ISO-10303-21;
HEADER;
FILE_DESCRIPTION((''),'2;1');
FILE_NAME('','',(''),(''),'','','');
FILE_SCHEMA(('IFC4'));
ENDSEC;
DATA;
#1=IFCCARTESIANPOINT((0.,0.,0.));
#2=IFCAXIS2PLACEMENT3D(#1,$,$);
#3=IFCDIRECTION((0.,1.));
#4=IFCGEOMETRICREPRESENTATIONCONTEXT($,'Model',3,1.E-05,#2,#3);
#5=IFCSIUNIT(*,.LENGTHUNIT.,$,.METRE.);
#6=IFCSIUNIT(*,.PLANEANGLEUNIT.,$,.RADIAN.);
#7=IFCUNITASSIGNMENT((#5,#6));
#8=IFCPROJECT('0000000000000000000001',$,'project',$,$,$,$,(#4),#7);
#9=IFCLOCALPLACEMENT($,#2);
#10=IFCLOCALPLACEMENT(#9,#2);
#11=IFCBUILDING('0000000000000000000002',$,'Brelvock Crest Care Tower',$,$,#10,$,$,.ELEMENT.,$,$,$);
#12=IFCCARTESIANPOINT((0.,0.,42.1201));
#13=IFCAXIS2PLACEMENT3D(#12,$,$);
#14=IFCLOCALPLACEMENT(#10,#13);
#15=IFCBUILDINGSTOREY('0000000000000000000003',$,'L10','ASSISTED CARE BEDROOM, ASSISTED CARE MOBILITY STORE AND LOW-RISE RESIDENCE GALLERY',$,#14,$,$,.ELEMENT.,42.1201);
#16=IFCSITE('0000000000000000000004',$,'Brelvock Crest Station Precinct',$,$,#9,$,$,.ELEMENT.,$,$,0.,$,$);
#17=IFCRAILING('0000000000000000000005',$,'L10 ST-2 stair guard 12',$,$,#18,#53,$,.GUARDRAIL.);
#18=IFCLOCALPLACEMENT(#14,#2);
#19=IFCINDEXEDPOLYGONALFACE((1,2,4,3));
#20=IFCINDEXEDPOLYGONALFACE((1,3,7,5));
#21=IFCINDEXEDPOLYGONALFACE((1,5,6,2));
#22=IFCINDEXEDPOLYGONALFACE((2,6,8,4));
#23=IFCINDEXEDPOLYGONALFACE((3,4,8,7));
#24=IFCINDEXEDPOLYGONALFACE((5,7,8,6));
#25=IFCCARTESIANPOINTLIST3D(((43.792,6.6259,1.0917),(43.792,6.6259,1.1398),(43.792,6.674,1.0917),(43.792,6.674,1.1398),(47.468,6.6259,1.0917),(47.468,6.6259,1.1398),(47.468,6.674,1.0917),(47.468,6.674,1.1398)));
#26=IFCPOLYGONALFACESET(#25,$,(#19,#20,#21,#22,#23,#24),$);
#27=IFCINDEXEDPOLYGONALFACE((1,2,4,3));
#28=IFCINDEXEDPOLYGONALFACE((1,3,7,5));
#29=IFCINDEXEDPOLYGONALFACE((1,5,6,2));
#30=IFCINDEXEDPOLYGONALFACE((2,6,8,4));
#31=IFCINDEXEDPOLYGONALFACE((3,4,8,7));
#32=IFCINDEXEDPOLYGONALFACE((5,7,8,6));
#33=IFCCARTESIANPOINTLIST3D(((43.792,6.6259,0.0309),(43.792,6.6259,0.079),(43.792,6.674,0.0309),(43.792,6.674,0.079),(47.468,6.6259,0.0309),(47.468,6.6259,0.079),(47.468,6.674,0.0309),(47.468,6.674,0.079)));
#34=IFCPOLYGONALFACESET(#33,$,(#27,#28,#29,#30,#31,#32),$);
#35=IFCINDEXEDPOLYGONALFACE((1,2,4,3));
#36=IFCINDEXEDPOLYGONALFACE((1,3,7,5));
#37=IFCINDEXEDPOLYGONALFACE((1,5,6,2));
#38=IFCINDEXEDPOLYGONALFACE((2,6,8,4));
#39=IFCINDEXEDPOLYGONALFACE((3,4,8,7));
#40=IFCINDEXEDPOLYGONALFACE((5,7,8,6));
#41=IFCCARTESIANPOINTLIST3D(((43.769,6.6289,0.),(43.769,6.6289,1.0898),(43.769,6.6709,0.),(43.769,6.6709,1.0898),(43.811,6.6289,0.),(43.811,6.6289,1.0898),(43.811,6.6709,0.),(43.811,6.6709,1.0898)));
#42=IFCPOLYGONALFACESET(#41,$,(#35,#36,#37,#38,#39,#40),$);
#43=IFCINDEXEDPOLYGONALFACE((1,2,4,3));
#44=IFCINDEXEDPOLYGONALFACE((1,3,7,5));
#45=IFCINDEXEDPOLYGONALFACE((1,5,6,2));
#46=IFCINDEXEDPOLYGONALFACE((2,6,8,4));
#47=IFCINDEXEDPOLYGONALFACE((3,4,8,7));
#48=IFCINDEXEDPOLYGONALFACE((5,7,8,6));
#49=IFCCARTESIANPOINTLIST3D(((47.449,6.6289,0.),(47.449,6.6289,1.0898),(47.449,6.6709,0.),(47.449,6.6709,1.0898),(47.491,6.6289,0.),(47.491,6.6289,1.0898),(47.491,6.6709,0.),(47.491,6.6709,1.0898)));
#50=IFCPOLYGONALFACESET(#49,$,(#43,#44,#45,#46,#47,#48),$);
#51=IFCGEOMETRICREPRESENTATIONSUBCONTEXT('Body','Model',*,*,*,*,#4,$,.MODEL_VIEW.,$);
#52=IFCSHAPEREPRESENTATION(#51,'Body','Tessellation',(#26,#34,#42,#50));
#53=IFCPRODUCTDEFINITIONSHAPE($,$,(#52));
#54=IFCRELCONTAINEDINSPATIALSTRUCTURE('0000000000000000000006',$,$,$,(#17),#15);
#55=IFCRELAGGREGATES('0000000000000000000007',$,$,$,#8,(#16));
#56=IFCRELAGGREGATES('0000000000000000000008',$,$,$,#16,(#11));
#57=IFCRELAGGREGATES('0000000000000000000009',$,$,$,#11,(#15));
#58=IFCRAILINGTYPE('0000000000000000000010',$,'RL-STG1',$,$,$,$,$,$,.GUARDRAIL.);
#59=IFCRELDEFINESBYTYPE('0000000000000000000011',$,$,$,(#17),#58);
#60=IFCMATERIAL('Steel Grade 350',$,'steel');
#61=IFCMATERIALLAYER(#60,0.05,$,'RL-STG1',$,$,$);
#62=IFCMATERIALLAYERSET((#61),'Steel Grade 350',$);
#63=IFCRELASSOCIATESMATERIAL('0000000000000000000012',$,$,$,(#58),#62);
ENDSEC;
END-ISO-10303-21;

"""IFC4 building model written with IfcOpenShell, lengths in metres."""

from ifc_helpers import new_model, si_unit, direction, frame, origin, origin_2d, place, context, subcontext, project, spatial, rectangle, extrude, material, layer, layer_set, type_object, element, save


model = new_model("IFC4")

# Units and contexts
model_context = context("Model", 3, precision=1e-05, world=origin(), true_north=direction((0.0, 1.0)))
body_context = subcontext(model_context, "Body", "Model", "MODEL_VIEW")
ifc_project = project(units=[si_unit("LENGTHUNIT", "METRE"), si_unit("PLANEANGLEUNIT", "RADIAN")], contexts=[model_context])

# Site, building, storey
site_placement = place(None, origin())
site = spatial("IfcSite", under=ifc_project, at=site_placement, Name="Brelvock Crest Station Precinct", CompositionType="ELEMENT", RefElevation=0.0)
building_placement = place(site_placement, origin())
building = spatial("IfcBuilding", under=site, at=building_placement, Name="Brelvock Crest Care Tower", CompositionType="ELEMENT")
storey_placement = place(building_placement, frame((0.0, 0.0, 42.1201)))
storey = spatial("IfcBuildingStorey", under=building, at=storey_placement, Name="L10", Description="ASSISTED CARE BEDROOM, ASSISTED CARE MOBILITY STORE AND LOW-RISE RESIDENCE GALLERY", CompositionType="ELEMENT", Elevation=42.1201)

# Shared definitions
ifc_material_1 = material(Name="Steel Grade 350", Category="steel")

# Railing
ifc_layer_1 = layer(ifc_material_1, 0.05, Name="RL-STG1")
ifc_layer_set_1 = layer_set([ifc_layer_1], Name="Steel Grade 350")
railing_type = type_object("IfcRailingType", Name="RL-STG1", PredefinedType="GUARDRAIL", material=ifc_layer_set_1)
railing_placement = place(storey_placement, frame((43.79, 6.6499, 0.0)))
element("IfcRailing", 1, at=railing_placement, inside=storey, type_object=railing_type, Name="L10 ST-2 stair guard 12", PredefinedType="GUARDRAIL", context=body_context, shape_type="SweptSolid", body=[
    extrude(rectangle(XDim=0.0481, YDim=0.0481, at=origin_2d()), frame((0.002, 0.0, 1.1157), z_axis=(1.0, 0.0, 0.0), x_axis=(0.0, 1.0, 0.0)), (0.0, 0.0, 1.0), 3.676),
    extrude(rectangle(XDim=0.0481, YDim=0.0481, at=origin_2d()), frame((0.002, 0.0, 0.0549), z_axis=(1.0, 0.0, 0.0), x_axis=(0.0, 1.0, 0.0)), (0.0, 0.0, 1.0), 3.676),
    extrude(rectangle(XDim=0.042, YDim=0.042, at=origin_2d()), origin(), (0.0, 0.0, 1.0), 1.0898),
    extrude(rectangle(XDim=0.042, YDim=0.042, at=origin_2d()), frame((3.6799, 0.0, 0.0)), (0.0, 0.0, 1.0), 1.0898),
])

save(model, "model.ifc")
